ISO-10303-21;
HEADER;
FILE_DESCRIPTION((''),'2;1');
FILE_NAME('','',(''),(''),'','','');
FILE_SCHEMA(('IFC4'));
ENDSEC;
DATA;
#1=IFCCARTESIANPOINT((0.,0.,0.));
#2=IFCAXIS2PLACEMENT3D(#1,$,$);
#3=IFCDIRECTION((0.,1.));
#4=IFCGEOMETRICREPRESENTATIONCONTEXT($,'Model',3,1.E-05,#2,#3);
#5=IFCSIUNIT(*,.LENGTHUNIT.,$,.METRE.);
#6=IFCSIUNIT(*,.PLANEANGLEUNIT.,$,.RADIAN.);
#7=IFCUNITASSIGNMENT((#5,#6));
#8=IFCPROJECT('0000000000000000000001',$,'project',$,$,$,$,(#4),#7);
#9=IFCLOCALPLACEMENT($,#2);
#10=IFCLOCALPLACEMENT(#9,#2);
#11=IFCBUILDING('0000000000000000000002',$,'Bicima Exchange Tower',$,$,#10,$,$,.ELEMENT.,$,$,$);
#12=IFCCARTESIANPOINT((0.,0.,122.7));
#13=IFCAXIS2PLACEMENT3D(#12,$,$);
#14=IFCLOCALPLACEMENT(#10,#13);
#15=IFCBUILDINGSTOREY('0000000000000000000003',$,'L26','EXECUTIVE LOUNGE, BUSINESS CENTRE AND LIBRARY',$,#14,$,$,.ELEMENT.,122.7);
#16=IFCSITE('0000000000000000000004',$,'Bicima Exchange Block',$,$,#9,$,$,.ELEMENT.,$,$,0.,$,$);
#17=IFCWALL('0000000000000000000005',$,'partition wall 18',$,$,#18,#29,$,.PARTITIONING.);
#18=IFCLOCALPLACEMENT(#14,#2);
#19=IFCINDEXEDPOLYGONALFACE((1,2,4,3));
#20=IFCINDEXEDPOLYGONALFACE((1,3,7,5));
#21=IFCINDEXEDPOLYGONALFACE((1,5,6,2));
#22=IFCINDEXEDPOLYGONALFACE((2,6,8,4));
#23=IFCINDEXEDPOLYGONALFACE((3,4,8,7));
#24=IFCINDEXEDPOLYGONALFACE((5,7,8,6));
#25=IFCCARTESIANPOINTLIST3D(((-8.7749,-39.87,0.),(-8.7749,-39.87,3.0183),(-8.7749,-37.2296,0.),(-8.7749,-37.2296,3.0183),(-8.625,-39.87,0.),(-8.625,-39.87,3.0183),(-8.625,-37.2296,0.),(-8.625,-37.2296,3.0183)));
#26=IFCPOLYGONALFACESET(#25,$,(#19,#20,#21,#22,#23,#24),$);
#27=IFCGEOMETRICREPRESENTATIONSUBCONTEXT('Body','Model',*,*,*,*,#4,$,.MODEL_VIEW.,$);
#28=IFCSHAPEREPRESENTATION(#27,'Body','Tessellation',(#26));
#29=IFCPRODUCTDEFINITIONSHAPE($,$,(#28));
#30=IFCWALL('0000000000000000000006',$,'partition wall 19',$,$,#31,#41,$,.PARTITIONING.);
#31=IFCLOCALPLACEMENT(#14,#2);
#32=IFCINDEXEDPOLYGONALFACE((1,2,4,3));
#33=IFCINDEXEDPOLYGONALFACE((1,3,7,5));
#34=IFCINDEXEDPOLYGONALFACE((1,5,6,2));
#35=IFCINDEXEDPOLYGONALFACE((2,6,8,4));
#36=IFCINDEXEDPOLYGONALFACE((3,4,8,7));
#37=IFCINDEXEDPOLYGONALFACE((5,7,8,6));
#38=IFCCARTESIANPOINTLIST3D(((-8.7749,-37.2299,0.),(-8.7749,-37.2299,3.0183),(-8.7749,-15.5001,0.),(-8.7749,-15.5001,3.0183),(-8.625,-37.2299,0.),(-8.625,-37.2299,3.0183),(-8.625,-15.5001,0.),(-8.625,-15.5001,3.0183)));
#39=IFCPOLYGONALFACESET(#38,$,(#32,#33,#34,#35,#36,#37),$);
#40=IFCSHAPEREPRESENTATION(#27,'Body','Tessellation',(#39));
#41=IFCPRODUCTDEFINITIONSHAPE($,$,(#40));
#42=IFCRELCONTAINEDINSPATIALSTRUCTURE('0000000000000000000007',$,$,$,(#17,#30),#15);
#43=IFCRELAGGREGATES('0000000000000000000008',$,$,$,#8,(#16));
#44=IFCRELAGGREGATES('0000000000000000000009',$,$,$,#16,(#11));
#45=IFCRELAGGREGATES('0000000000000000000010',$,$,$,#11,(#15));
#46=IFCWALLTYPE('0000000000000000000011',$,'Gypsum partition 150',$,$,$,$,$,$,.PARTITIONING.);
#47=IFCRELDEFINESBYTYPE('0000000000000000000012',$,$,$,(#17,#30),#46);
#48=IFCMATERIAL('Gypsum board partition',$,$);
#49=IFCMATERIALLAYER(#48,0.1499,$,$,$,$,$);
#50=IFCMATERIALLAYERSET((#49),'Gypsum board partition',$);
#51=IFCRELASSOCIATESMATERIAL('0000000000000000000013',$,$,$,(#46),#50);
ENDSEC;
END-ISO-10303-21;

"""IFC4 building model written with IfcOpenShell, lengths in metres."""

from ifc_helpers import new_model, si_unit, direction, frame, frame_2d, origin, place, context, subcontext, project, spatial, rectangle, extrude, material, layer, layer_set, type_object, element, save


model = new_model("IFC4")

# Units and contexts
model_context = context("Model", 3, precision=1e-05, world=origin(), true_north=direction((0.0, 1.0)))
body_context = subcontext(model_context, "Body", "Model", "MODEL_VIEW")
ifc_project = project(units=[si_unit("LENGTHUNIT", "METRE"), si_unit("PLANEANGLEUNIT", "RADIAN")], contexts=[model_context])

# Site, building, storey
site_placement = place(None, origin())
site = spatial("IfcSite", under=ifc_project, at=site_placement, Name="Bicima Exchange Block", CompositionType="ELEMENT", RefElevation=0.0)
building_placement = place(site_placement, origin())
building = spatial("IfcBuilding", under=site, at=building_placement, Name="Bicima Exchange Tower", CompositionType="ELEMENT")
storey_placement = place(building_placement, frame((0.0, 0.0, 122.7)))
storey = spatial("IfcBuildingStorey", under=building, at=storey_placement, Name="L26", Description="EXECUTIVE LOUNGE, BUSINESS CENTRE AND LIBRARY", CompositionType="ELEMENT", Elevation=122.7)

# Walls
ifc_material_1 = material(Name="Gypsum board partition")
ifc_layer_1 = layer(ifc_material_1, 0.1499)
ifc_layer_set_1 = layer_set([ifc_layer_1], Name="Gypsum board partition")
wall_type = type_object("IfcWallType", Name="Gypsum partition 150", PredefinedType="PARTITIONING", material=ifc_layer_set_1)
wall_1_placement = place(storey_placement, frame((-8.7, -39.8701, 0.0), z_axis=(0.0, 0.0, 1.0), x_axis=(0.0, 1.0, 0.0)))
element("IfcWall", 1, at=wall_1_placement, inside=storey, type_object=wall_type, Name="partition wall 18", PredefinedType="PARTITIONING", context=body_context, shape_type="SweptSolid", body=[
    extrude(rectangle(XDim=2.6404, YDim=0.1499, at=frame_2d((1.3203, 0.0))), origin(), (0.0, 0.0, 1.0), 3.0183),
])
wall_2_placement = place(storey_placement, frame((-8.7, -37.2297, 0.0), z_axis=(0.0, 0.0, 1.0), x_axis=(0.0, 1.0, 0.0)))
element("IfcWall", 2, at=wall_2_placement, inside=storey, type_object=wall_type, Name="partition wall 19", PredefinedType="PARTITIONING", context=body_context, shape_type="SweptSolid", body=[
    extrude(rectangle(XDim=21.7297, YDim=0.1499, at=frame_2d((10.8647, 0.0))), origin(), (0.0, 0.0, 1.0), 3.0183),
])

save(model, "model.ifc")
